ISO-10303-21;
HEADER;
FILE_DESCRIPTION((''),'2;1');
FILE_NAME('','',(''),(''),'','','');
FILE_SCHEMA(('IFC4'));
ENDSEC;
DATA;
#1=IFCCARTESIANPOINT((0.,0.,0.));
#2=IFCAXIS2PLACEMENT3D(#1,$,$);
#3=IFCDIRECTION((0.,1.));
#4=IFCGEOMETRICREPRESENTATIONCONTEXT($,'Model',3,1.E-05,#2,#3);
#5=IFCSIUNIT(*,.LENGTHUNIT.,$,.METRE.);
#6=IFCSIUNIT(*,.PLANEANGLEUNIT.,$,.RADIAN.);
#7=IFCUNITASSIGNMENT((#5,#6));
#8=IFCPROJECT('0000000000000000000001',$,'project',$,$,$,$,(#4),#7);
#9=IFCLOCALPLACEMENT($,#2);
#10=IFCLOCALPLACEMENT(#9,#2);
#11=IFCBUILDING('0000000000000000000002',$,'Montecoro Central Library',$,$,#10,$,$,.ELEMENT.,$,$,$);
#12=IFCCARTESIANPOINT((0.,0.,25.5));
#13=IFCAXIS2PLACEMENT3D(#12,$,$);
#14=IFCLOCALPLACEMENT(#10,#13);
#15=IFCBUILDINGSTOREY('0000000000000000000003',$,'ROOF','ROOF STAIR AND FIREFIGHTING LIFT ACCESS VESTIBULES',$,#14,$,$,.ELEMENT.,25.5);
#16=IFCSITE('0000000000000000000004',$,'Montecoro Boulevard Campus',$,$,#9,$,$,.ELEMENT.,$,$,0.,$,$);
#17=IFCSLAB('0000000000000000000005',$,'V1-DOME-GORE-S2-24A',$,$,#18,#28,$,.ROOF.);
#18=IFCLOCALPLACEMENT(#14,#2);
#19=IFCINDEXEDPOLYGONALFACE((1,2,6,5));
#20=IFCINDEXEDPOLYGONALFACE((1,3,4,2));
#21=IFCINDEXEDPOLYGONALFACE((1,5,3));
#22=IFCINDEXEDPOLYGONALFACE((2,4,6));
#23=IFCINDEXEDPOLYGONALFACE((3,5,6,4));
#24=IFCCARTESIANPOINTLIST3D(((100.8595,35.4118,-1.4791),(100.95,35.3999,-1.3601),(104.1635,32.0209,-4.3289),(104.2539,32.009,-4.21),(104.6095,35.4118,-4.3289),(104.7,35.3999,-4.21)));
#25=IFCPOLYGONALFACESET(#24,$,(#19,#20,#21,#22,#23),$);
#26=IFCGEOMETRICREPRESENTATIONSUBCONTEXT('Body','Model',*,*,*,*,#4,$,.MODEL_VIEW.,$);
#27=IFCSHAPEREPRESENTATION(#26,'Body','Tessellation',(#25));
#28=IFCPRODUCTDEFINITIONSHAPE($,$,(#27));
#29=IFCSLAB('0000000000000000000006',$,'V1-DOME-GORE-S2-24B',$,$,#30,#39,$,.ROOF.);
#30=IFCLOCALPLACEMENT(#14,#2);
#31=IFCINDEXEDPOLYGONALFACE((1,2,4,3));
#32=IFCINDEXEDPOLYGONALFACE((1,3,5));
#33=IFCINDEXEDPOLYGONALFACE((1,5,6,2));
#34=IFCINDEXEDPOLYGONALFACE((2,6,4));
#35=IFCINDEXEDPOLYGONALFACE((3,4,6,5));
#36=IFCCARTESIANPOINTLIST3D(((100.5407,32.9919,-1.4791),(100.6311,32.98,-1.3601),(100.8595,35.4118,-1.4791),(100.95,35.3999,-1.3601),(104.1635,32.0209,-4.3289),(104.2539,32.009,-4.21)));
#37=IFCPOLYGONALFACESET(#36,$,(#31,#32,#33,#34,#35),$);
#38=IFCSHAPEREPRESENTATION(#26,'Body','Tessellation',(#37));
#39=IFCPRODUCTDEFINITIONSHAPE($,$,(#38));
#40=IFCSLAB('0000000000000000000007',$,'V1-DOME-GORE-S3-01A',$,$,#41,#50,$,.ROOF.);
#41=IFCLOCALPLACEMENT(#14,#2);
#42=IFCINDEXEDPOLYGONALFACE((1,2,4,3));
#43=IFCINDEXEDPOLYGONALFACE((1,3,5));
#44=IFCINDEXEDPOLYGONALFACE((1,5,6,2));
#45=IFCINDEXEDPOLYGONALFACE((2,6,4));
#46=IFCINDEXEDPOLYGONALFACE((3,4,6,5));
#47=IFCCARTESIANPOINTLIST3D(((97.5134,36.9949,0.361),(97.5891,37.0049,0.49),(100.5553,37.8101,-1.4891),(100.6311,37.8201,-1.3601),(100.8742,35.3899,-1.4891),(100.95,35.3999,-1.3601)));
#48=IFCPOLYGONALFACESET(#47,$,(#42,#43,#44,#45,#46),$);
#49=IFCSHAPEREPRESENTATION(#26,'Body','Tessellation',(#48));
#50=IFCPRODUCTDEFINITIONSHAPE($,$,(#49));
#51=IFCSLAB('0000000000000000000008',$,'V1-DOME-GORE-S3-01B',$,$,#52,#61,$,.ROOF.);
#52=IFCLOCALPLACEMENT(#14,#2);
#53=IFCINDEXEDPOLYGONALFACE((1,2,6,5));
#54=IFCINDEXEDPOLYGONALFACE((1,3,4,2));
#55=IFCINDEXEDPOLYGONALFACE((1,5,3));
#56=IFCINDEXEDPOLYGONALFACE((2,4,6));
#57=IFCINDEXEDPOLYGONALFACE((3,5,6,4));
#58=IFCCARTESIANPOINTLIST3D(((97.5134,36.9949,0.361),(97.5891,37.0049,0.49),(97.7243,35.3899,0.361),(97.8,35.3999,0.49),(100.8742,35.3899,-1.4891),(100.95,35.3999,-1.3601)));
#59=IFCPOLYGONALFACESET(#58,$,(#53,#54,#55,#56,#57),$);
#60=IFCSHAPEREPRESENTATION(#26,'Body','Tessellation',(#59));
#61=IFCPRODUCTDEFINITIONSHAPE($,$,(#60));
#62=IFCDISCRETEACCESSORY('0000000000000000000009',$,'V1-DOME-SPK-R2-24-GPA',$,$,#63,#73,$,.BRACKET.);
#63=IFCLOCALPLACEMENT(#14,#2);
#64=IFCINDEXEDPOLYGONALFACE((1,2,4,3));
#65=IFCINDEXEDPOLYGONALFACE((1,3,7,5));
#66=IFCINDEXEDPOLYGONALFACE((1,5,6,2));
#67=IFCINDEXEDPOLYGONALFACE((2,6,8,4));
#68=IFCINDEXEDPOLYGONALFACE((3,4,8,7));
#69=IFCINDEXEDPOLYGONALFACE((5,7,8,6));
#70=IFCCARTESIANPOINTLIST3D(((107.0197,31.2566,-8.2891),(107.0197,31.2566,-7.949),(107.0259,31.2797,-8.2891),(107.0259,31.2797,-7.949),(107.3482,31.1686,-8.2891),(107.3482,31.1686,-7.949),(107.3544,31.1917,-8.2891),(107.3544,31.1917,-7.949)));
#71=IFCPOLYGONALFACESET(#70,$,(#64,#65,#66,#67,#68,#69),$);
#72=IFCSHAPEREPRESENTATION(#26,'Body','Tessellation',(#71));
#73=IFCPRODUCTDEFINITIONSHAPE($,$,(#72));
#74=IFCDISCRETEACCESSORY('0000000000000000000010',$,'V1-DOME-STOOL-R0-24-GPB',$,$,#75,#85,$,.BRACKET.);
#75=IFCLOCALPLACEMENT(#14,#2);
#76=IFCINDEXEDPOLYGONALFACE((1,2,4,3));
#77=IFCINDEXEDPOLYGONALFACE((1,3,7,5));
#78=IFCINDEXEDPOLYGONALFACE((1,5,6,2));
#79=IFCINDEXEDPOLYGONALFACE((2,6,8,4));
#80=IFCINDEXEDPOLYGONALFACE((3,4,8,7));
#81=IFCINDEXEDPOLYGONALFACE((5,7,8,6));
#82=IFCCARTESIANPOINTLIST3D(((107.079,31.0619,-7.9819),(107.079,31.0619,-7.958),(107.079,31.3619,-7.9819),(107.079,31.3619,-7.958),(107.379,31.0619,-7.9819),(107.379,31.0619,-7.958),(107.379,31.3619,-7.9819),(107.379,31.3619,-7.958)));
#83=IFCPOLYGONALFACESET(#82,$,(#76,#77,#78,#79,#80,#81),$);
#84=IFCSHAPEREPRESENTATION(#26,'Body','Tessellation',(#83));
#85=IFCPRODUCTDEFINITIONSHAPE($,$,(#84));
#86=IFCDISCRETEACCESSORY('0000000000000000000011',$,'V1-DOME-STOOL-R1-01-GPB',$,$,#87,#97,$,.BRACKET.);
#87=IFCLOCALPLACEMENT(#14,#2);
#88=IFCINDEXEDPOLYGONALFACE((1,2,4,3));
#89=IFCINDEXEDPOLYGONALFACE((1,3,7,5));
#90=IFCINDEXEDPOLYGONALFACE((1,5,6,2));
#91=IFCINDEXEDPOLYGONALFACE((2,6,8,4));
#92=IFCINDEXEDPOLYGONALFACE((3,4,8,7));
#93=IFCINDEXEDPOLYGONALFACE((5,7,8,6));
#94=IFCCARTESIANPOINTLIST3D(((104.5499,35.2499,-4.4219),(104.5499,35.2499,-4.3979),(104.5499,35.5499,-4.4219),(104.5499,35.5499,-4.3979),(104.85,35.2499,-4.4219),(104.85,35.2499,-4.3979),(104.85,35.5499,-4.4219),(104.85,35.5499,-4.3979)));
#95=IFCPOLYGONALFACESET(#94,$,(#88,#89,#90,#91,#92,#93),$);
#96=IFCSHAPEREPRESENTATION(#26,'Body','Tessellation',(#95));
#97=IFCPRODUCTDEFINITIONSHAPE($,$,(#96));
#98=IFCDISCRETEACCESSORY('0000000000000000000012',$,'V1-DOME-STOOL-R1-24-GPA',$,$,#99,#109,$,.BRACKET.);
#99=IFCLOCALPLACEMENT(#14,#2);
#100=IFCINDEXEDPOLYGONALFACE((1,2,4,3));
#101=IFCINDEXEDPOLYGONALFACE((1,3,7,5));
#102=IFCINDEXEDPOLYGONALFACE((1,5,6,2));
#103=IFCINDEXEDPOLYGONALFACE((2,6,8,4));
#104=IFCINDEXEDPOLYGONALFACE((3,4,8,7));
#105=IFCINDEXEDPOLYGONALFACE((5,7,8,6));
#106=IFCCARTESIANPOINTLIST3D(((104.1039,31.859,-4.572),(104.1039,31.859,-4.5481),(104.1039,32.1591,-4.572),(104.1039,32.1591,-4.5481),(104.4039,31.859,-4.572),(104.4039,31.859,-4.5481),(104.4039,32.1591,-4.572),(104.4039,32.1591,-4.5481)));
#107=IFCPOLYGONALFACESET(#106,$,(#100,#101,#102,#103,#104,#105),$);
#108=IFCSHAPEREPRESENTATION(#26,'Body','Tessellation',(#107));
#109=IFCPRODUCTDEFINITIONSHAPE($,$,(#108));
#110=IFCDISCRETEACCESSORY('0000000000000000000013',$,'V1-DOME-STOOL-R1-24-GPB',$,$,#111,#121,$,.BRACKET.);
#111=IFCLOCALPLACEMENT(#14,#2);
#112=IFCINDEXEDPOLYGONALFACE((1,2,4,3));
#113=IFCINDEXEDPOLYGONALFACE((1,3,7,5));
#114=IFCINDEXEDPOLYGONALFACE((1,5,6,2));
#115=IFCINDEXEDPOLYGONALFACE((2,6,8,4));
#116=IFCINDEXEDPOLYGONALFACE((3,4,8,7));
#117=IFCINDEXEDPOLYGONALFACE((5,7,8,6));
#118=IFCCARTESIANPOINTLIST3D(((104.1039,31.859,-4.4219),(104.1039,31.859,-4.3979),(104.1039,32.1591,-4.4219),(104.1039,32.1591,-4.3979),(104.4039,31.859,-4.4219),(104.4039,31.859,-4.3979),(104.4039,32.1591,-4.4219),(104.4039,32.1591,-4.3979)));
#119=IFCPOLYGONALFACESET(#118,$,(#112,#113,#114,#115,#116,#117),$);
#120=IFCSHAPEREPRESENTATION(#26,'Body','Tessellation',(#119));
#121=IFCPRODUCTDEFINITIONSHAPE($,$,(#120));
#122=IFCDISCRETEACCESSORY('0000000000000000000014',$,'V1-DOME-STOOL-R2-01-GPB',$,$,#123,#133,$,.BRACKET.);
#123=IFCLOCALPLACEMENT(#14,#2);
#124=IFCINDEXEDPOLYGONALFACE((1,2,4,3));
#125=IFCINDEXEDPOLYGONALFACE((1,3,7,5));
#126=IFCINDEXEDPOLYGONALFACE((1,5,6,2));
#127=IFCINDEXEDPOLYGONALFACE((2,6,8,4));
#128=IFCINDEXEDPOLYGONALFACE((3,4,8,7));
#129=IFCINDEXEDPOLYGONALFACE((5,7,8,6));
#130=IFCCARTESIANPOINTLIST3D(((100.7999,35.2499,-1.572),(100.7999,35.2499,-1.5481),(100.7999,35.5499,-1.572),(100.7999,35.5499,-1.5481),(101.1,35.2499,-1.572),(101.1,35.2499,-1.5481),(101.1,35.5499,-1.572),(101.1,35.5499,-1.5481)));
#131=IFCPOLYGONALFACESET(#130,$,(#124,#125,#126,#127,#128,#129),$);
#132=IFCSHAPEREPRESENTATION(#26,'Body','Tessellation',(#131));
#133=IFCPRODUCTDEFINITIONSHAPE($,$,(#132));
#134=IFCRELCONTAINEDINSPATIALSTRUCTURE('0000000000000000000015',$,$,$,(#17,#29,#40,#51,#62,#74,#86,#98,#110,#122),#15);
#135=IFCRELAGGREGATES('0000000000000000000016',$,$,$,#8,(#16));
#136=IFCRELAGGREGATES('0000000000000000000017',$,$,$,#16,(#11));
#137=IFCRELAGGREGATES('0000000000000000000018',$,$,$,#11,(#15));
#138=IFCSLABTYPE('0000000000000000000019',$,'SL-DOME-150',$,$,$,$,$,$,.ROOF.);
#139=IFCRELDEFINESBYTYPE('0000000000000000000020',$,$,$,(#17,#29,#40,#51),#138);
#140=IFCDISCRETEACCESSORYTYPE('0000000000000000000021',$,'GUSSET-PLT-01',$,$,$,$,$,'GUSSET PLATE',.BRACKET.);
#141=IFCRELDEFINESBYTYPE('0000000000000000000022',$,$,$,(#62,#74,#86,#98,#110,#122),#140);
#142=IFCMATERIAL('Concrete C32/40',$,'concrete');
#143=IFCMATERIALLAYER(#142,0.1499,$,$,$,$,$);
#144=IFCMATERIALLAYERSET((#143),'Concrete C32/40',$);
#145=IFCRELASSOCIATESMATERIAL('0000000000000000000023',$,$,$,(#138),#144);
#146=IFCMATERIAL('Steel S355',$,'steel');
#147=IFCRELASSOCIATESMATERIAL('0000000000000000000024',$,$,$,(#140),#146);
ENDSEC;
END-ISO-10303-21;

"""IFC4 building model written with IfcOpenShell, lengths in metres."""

from ifc_helpers import new_model, si_unit, direction, frame, origin, origin_2d, place, context, subcontext, project, spatial, polyline, rectangle, outline, extrude, material, layer, layer_set, type_object, element, save


model = new_model("IFC4")

# Units and contexts
model_context = context("Model", 3, precision=1e-05, world=origin(), true_north=direction((0.0, 1.0)))
body_context = subcontext(model_context, "Body", "Model", "MODEL_VIEW")
ifc_project = project(units=[si_unit("LENGTHUNIT", "METRE"), si_unit("PLANEANGLEUNIT", "RADIAN")], contexts=[model_context])

# Site, building, storey
site_placement = place(None, origin())
site = spatial("IfcSite", under=ifc_project, at=site_placement, Name="Montecoro Boulevard Campus", CompositionType="ELEMENT", RefElevation=0.0)
building_placement = place(site_placement, origin())
building = spatial("IfcBuilding", under=site, at=building_placement, Name="Montecoro Central Library", CompositionType="ELEMENT")
storey_placement = place(building_placement, frame((0.0, 0.0, 25.5)))
storey = spatial("IfcBuildingStorey", under=building, at=storey_placement, Name="ROOF", Description="ROOF STAIR AND FIREFIGHTING LIFT ACCESS VESTIBULES", CompositionType="ELEMENT", Elevation=25.5)

# Shared definitions
ifc_material_1 = material(Name="Steel S355", Category="steel")

# Slabs
ifc_material_2 = material(Name="Concrete C32/40", Category="concrete")
ifc_layer = layer(ifc_material_2, 0.1499)
ifc_layer_set = layer_set([ifc_layer], Name="Concrete C32/40")
slab_type = type_object("IfcSlabType", Name="SL-DOME-150", PredefinedType="ROOF", material=ifc_layer_set)
slab_1_placement = place(storey_placement, frame((104.2539, 32.009, -4.21), z_axis=(0.603156, -0.079341, 0.793667), x_axis=(0.130419, 0.991459, 0.0)))
element("IfcSlab", 1, at=slab_1_placement, inside=storey, type_object=slab_type, Name="V1-DOME-GORE-S2-24A", PredefinedType="ROOF", context=body_context, shape_type="SweptSolid", body=[
    extrude(outline(polyline([(0.0, 0.0), (3.4201, 0.0), (2.931, 4.6845), (0.0, 0.0)])), origin(), (0.0, 0.0, -1.0), 0.1499),
])
slab_2_placement = place(storey_placement, frame((104.2539, 32.009, -4.21), z_axis=(0.603075, -0.079461, 0.793717), x_axis=(-0.597901, 0.61363, 0.515725)))
element("IfcSlab", 2, at=slab_2_placement, inside=storey, type_object=slab_type, Name="V1-DOME-GORE-S2-24B", PredefinedType="ROOF", context=body_context, shape_type="SweptSolid", body=[
    extrude(outline(polyline([(0.0, 0.0), (5.5259, 0.0), (4.2316, 2.0694), (0.0, 0.0)])), origin(), (0.0, 0.0, -1.0), 0.1499),
])
slab_3_placement = place(storey_placement, frame((100.95, 35.3999, -1.3601), z_axis=(0.505391, 0.066583, 0.860318), x_axis=(-0.130618, 0.991433, 0.0)))
element("IfcSlab", 3, at=slab_3_placement, inside=storey, type_object=slab_type, Name="V1-DOME-GORE-S3-01A", PredefinedType="ROOF", context=body_context, shape_type="SweptSolid", body=[
    extrude(outline(polyline([(0.0, 0.0), (2.4411, 0.0), (2.0302, 3.6294), (0.0, 0.0)])), origin(), (0.0, 0.0, -1.0), 0.1499),
])
slab_4_placement = place(storey_placement, frame((100.95, 35.3999, -1.3601), z_axis=(0.505335, 0.066415, 0.860364), x_axis=(-0.808164, 0.385941, 0.444883)))
element("IfcSlab", 4, at=slab_4_placement, inside=storey, type_object=slab_type, Name="V1-DOME-GORE-S3-01B", PredefinedType="ROOF", context=body_context, shape_type="SweptSolid", body=[
    extrude(outline(polyline([(0.0, 0.0), (4.1586, 0.0), (3.3687, 1.413), (0.0, 0.0)])), origin(), (0.0, 0.0, -1.0), 0.1499),
])

# Discrete accessories
discrete_accessory_type = type_object("IfcDiscreteAccessoryType", Name="GUSSET-PLT-01", ElementType="GUSSET PLATE", PredefinedType="BRACKET", material=ifc_material_1)
discrete_accessory_placement = place(storey_placement, frame((107.187, 31.2241, -8.2891), z_axis=(0.0, 0.0, 1.0), x_axis=(-0.965926, 0.258819, 0.0)))
element("IfcDiscreteAccessory", 5, at=discrete_accessory_placement, inside=storey, type_object=discrete_accessory_type, Name="V1-DOME-SPK-R2-24-GPA", PredefinedType="BRACKET", context=body_context, shape_type="SweptSolid", body=[
    extrude(rectangle(XDim=0.3401, YDim=0.0239, at=origin_2d()), origin(), (0.0, 0.0, 1.0), 0.3401),
])
for number, where, z_axis, x_axis, name in (
    (6, (107.229, 31.2119, -7.9819), (0.0, 0.0, 1.0), (1.0, 0.0, 0.0), "V1-DOME-STOOL-R0-24-GPB"),
    (7, (104.7, 35.3999, -4.4219), (0.0, 0.0, 1.0), (1.0, 0.0, 0.0), "V1-DOME-STOOL-R1-01-GPB"),
    (8, (104.2539, 32.009, -4.572), (0.0, 0.0, 1.0), (1.0, 0.0, 0.0), "V1-DOME-STOOL-R1-24-GPA"),
    (9, (104.2539, 32.009, -4.4219), (0.0, 0.0, 1.0), (1.0, 0.0, 0.0), "V1-DOME-STOOL-R1-24-GPB"),
    (10, (100.95, 35.3999, -1.572), (0.0, 0.0, 1.0), (1.0, 0.0, 0.0), "V1-DOME-STOOL-R2-01-GPB"),
):
    element("IfcDiscreteAccessory", number, at=place(storey_placement, frame(where, z_axis=z_axis, x_axis=x_axis)), inside=storey, type_object=discrete_accessory_type, Name=name, PredefinedType="BRACKET", context=body_context, shape_type="SweptSolid", body=[
        extrude(rectangle(XDim=0.3, YDim=0.3, at=origin_2d()), origin(), (0.0, 0.0, 1.0), 0.0239),
    ])

save(model, "model.ifc")
